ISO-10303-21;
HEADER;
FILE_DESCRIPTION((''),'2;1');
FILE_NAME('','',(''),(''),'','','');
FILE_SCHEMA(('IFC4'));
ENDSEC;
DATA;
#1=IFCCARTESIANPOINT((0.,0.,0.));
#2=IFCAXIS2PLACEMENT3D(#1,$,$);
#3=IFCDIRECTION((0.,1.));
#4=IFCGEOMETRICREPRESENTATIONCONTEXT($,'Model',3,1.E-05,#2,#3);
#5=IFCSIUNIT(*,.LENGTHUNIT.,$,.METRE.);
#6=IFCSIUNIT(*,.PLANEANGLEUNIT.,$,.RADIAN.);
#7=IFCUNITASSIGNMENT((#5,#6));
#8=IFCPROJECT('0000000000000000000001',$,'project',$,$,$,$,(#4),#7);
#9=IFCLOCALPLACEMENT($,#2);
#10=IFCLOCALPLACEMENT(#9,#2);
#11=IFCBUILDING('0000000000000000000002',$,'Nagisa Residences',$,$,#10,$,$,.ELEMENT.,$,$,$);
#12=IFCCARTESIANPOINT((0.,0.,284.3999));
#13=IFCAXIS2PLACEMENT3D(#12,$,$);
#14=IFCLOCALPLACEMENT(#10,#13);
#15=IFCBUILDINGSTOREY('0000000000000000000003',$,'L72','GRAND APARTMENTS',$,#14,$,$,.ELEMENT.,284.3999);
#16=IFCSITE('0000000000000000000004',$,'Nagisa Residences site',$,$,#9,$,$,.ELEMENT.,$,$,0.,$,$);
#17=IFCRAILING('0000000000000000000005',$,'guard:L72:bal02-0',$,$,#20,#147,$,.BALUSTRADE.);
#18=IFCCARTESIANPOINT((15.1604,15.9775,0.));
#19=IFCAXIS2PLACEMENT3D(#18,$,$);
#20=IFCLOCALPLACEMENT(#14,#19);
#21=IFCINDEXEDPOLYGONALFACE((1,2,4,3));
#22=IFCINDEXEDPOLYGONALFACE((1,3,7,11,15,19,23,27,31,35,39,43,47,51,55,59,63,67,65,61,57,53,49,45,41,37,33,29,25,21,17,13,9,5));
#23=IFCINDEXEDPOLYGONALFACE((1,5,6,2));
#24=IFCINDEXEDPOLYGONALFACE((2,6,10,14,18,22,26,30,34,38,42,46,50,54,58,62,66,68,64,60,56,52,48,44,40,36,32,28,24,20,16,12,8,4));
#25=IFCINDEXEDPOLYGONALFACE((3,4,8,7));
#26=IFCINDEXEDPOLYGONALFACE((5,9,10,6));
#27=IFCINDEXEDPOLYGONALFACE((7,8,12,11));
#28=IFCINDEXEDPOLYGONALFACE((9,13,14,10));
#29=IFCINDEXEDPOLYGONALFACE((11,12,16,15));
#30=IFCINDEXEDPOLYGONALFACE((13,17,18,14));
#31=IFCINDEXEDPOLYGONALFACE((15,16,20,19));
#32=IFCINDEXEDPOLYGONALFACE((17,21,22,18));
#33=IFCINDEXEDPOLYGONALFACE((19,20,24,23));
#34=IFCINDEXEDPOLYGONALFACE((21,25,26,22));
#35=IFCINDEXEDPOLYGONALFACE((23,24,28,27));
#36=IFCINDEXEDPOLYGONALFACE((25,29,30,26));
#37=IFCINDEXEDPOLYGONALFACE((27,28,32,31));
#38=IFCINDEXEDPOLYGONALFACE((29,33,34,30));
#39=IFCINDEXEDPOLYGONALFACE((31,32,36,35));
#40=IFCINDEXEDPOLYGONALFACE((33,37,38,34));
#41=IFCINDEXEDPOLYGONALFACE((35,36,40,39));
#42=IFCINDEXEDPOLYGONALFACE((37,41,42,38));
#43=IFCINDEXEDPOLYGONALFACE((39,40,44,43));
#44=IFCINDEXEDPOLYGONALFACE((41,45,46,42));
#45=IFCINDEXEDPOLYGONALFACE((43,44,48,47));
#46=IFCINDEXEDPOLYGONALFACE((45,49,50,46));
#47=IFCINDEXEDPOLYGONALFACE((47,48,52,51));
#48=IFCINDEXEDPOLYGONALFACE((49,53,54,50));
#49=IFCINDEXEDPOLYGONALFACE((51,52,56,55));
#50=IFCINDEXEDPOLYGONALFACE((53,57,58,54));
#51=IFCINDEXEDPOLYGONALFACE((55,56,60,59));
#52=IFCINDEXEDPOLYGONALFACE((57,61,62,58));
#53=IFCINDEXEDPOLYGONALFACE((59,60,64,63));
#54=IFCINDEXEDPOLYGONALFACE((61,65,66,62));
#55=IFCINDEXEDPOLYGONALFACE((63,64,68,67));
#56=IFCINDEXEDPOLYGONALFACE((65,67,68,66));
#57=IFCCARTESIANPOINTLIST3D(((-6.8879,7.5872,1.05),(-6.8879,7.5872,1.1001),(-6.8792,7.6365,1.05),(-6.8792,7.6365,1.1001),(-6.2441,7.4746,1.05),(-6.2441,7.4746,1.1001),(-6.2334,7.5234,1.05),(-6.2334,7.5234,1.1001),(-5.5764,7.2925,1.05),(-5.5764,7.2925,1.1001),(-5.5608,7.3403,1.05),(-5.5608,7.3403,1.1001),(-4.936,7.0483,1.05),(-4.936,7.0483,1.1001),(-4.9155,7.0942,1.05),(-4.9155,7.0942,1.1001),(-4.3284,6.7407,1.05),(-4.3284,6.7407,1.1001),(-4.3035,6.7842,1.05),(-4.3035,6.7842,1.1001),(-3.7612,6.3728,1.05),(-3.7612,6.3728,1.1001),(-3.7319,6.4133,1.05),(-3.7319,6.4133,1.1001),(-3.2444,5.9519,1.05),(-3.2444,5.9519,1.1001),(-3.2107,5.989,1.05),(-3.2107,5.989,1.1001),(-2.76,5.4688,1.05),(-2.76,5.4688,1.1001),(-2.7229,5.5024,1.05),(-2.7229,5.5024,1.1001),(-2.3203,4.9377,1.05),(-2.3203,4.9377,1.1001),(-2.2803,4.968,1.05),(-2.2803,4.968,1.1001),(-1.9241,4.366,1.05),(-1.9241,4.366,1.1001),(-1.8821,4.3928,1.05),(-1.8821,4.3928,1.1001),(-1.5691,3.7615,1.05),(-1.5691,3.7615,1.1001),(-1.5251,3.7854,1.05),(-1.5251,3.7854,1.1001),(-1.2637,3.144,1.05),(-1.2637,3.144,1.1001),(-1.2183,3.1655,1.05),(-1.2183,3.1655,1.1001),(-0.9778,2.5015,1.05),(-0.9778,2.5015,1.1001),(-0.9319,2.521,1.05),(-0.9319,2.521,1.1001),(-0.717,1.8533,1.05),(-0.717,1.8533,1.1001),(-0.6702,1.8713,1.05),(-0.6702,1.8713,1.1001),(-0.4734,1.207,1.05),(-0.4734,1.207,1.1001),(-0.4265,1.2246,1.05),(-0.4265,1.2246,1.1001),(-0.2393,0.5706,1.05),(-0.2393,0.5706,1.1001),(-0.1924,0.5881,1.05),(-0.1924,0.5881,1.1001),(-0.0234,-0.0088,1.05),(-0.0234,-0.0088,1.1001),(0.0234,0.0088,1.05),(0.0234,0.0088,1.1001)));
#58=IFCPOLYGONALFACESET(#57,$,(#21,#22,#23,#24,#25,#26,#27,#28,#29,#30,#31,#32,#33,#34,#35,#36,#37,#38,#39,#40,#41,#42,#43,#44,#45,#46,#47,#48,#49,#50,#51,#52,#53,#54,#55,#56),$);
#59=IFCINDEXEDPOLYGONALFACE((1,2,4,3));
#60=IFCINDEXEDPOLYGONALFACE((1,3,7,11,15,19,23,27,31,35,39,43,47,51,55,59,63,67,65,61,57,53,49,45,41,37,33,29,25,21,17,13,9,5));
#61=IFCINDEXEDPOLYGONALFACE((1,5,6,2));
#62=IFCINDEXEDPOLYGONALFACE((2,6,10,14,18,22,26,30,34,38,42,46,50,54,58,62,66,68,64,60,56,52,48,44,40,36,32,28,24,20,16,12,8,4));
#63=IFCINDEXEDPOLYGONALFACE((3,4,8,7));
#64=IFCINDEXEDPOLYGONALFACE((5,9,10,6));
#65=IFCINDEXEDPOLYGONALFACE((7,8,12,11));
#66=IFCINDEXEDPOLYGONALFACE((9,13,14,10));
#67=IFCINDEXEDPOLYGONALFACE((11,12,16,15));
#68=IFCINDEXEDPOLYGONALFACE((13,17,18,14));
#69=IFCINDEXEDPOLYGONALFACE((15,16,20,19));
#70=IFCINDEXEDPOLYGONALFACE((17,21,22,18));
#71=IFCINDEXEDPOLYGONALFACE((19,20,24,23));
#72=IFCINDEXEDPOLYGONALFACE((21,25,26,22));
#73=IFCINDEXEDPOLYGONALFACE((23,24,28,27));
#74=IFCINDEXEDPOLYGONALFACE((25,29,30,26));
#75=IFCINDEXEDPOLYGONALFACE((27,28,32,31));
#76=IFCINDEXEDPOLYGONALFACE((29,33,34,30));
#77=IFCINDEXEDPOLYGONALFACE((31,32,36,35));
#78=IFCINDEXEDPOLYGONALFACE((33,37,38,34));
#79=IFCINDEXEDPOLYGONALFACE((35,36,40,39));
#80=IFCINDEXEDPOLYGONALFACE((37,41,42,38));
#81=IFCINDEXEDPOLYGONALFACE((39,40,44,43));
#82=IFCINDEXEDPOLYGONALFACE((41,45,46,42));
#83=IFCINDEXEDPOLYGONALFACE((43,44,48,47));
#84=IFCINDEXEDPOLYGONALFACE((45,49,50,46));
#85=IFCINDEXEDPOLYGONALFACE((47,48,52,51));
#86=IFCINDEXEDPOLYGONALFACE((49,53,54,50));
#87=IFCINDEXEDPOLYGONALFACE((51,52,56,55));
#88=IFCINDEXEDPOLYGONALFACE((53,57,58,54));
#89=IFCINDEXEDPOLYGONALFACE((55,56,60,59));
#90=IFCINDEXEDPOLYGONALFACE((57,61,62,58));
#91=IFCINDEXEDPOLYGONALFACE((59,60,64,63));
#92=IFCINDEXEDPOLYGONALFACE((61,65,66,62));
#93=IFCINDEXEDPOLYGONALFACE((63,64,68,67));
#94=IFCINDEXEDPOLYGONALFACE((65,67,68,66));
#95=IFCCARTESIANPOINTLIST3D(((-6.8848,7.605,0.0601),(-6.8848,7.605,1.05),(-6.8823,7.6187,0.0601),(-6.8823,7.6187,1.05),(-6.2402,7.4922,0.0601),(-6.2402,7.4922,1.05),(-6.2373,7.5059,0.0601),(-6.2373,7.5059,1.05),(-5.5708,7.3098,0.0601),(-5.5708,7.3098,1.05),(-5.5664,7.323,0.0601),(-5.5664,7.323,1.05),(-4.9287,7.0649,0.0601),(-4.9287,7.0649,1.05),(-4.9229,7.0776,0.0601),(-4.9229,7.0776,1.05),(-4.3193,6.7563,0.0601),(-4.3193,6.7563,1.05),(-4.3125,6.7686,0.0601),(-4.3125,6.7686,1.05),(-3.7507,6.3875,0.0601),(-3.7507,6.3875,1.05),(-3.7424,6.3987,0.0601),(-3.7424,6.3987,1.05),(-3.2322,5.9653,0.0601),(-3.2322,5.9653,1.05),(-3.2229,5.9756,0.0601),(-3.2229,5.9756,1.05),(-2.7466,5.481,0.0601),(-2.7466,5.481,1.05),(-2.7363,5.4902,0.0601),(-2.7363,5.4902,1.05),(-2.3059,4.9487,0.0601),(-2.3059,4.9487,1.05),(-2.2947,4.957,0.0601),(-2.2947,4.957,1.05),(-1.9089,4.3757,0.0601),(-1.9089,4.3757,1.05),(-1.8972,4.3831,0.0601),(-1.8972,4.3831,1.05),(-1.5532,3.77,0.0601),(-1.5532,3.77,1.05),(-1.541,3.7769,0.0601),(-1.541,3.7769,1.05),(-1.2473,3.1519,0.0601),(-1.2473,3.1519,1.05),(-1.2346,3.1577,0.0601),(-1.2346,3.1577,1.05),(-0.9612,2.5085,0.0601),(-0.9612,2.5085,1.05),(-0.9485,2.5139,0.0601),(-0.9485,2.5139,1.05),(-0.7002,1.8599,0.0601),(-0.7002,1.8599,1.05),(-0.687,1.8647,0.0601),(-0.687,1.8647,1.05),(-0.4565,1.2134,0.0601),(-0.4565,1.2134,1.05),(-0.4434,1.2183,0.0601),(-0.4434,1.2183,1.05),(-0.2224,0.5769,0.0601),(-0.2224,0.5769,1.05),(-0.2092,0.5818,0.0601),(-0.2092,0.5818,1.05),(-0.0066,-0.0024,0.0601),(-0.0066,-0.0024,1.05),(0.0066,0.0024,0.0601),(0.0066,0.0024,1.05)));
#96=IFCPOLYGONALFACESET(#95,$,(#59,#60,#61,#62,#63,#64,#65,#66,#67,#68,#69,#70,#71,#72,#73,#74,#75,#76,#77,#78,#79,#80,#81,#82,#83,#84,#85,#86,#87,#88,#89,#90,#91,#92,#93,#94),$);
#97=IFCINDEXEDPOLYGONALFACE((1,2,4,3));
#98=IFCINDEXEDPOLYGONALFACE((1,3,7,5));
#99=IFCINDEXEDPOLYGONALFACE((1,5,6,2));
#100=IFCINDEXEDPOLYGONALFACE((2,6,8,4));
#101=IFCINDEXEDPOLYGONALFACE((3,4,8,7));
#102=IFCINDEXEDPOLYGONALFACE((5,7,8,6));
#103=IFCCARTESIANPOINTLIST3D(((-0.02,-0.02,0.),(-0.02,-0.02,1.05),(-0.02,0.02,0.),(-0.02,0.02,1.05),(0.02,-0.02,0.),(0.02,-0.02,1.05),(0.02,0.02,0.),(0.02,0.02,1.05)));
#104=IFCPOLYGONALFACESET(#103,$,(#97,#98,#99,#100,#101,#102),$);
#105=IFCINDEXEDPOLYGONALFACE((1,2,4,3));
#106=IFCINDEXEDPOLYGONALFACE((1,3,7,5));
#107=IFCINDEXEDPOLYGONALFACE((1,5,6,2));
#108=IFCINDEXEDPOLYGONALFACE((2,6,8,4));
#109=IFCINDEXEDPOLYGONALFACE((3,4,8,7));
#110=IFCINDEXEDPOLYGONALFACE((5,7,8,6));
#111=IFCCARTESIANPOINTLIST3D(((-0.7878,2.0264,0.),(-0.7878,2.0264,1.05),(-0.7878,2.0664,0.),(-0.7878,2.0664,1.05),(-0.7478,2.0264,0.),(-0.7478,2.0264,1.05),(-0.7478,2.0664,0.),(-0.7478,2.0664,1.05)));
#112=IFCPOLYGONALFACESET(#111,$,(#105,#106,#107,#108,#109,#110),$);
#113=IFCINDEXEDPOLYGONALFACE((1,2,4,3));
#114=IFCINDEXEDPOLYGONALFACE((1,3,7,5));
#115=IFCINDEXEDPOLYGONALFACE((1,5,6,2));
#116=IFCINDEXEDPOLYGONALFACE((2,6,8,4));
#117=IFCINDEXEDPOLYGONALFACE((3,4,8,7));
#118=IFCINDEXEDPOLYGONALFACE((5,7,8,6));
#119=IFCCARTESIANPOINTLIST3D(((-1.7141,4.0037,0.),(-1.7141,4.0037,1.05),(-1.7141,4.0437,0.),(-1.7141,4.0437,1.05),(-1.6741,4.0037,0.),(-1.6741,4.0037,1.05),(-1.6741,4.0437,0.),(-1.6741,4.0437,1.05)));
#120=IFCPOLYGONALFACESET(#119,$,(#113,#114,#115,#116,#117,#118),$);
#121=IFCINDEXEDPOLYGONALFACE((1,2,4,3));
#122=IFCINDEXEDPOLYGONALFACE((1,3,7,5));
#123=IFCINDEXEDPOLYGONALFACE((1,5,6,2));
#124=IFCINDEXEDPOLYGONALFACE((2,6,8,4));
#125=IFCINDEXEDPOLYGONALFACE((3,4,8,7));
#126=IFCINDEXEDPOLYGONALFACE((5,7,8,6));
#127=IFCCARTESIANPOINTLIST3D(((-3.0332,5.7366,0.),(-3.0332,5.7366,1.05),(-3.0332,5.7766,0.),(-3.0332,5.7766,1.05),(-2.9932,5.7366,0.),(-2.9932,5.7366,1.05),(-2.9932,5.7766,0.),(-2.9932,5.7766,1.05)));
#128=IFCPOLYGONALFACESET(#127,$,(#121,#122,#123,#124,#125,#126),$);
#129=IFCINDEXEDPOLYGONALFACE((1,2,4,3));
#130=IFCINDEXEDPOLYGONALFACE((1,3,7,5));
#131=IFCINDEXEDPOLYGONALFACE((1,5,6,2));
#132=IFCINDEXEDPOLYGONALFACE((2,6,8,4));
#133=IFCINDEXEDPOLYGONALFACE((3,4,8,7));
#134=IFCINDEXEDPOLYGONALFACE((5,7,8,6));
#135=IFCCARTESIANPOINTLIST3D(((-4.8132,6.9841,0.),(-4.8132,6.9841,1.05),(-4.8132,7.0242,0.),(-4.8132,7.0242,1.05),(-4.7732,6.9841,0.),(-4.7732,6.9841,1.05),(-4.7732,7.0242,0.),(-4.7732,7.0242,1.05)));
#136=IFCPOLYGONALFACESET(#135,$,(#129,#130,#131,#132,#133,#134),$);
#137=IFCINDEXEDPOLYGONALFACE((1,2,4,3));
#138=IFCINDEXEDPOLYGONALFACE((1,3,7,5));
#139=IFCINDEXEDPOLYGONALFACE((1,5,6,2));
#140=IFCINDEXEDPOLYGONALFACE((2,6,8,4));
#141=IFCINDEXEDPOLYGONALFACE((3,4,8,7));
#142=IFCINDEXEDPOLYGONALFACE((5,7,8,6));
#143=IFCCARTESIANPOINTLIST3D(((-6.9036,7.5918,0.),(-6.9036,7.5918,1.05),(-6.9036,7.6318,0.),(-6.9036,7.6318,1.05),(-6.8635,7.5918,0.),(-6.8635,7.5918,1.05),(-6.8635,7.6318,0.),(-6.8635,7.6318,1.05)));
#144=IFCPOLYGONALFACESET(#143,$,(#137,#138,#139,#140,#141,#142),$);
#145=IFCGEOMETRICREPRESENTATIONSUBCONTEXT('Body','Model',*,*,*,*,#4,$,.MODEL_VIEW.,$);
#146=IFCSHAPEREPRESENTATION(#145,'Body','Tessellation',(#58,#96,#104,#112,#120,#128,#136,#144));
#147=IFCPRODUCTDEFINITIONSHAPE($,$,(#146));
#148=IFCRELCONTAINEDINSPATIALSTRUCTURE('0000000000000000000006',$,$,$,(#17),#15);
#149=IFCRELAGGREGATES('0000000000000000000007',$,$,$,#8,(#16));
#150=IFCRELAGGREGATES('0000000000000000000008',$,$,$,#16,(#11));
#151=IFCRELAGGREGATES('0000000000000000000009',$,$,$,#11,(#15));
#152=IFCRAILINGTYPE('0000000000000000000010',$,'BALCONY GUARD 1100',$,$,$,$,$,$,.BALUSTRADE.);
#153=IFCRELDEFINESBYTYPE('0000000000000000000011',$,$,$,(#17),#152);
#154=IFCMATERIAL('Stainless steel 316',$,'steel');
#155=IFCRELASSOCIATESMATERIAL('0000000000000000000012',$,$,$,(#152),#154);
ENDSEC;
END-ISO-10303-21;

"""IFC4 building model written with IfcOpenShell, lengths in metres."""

from ifc_helpers import new_model, si_unit, direction, frame, origin, origin_2d, place, context, subcontext, project, spatial, polyline, rectangle, outline, extrude, material, type_object, element, save


model = new_model("IFC4")

# Units and contexts
model_context = context("Model", 3, precision=1e-05, world=origin(), true_north=direction((0.0, 1.0)))
body_context = subcontext(model_context, "Body", "Model", "MODEL_VIEW")
ifc_project = project(units=[si_unit("LENGTHUNIT", "METRE"), si_unit("PLANEANGLEUNIT", "RADIAN")], contexts=[model_context])

# Site, building, storey
site_placement = place(None, origin())
site = spatial("IfcSite", under=ifc_project, at=site_placement, Name="Nagisa Residences site", CompositionType="ELEMENT", RefElevation=0.0)
building_placement = place(site_placement, origin())
building = spatial("IfcBuilding", under=site, at=building_placement, Name="Nagisa Residences", CompositionType="ELEMENT")
storey_placement = place(building_placement, frame((0.0, 0.0, 284.3999)))
storey = spatial("IfcBuildingStorey", under=building, at=storey_placement, Name="L72", Description="GRAND APARTMENTS", CompositionType="ELEMENT", Elevation=284.3999)

# Railing
ifc_material_1 = material(Name="Stainless steel 316", Category="steel")
railing_type = type_object("IfcRailingType", Name="BALCONY GUARD 1100", PredefinedType="BALUSTRADE", material=ifc_material_1)
railing_placement = place(storey_placement, frame((15.1604, 15.9775, 0.0)))
element("IfcRailing", 1, at=railing_placement, inside=storey, type_object=railing_type, Name="guard:L72:bal02-0", PredefinedType="BALUSTRADE", context=body_context, shape_type="SweptSolid", body=[
    extrude(outline(polyline([(-0.2393, 0.5706), (-0.0234, -0.0088), (0.0234, 0.0088), (-0.1924, 0.5881), (-0.4265, 1.2246), (-0.6702, 1.8713), (-0.9319, 2.521), (-1.2183, 3.1655), (-1.5251, 3.7854), (-1.8821, 4.3928), (-2.2803, 4.968), (-2.7229, 5.5024), (-3.2107, 5.989), (-3.7319, 6.4133), (-4.3035, 6.7842), (-4.9155, 7.0942), (-5.5608, 7.3403), (-6.2334, 7.5234), (-6.8792, 7.6365), (-6.8879, 7.5872), (-6.2441, 7.4746), (-5.5764, 7.2925), (-4.936, 7.0483), (-4.3284, 6.7407), (-3.7612, 6.3728), (-3.2444, 5.9519), (-2.76, 5.4688), (-2.3203, 4.9377), (-1.9241, 4.366), (-1.5691, 3.7615), (-1.2637, 3.144), (-0.9778, 2.5015), (-0.717, 1.8533), (-0.4734, 1.207), (-0.2393, 0.5706)])), frame((0.0, 0.0, 1.05)), (0.0, 0.0, 1.0), 0.05),
    extrude(outline(polyline([(-0.2224, 0.5769), (-0.0066, -0.0024), (0.0066, 0.0024), (-0.2092, 0.5818), (-0.4434, 1.2183), (-0.687, 1.8647), (-0.9485, 2.5139), (-1.2346, 3.1577), (-1.541, 3.7769), (-1.8972, 4.3831), (-2.2947, 4.957), (-2.7363, 5.4902), (-3.2229, 5.9756), (-3.7424, 6.3987), (-4.3125, 6.7686), (-4.9229, 7.0776), (-5.5664, 7.323), (-6.2373, 7.5059), (-6.8823, 7.6187), (-6.8848, 7.605), (-6.2402, 7.4922), (-5.5708, 7.3098), (-4.9287, 7.0649), (-4.3193, 6.7563), (-3.7507, 6.3875), (-3.2322, 5.9653), (-2.7466, 5.481), (-2.3059, 4.9487), (-1.9089, 4.3757), (-1.5532, 3.77), (-1.2473, 3.1519), (-0.9612, 2.5085), (-0.7002, 1.8599), (-0.4565, 1.2134), (-0.2224, 0.5769)])), frame((0.0, 0.0, 0.0601)), (0.0, 0.0, 1.0), 0.99),
    extrude(rectangle(XDim=0.04, YDim=0.04, at=origin_2d()), origin(), (0.0, 0.0, 1.0), 1.05),
    extrude(rectangle(XDim=0.04, YDim=0.04, at=origin_2d()), frame((-0.7678, 2.0464, 0.0)), (0.0, 0.0, 1.0), 1.05),
    extrude(rectangle(XDim=0.04, YDim=0.04, at=origin_2d()), frame((-1.6941, 4.0237, 0.0)), (0.0, 0.0, 1.0), 1.05),
    extrude(rectangle(XDim=0.04, YDim=0.04, at=origin_2d()), frame((-3.0132, 5.7566, 0.0)), (0.0, 0.0, 1.0), 1.05),
    extrude(rectangle(XDim=0.04, YDim=0.04, at=origin_2d()), frame((-4.7932, 7.0042, 0.0)), (0.0, 0.0, 1.0), 1.05),
    extrude(rectangle(XDim=0.04, YDim=0.04, at=origin_2d()), frame((-6.8835, 7.6118, 0.0)), (0.0, 0.0, 1.0), 1.05),
])

save(model, "model.ifc")
